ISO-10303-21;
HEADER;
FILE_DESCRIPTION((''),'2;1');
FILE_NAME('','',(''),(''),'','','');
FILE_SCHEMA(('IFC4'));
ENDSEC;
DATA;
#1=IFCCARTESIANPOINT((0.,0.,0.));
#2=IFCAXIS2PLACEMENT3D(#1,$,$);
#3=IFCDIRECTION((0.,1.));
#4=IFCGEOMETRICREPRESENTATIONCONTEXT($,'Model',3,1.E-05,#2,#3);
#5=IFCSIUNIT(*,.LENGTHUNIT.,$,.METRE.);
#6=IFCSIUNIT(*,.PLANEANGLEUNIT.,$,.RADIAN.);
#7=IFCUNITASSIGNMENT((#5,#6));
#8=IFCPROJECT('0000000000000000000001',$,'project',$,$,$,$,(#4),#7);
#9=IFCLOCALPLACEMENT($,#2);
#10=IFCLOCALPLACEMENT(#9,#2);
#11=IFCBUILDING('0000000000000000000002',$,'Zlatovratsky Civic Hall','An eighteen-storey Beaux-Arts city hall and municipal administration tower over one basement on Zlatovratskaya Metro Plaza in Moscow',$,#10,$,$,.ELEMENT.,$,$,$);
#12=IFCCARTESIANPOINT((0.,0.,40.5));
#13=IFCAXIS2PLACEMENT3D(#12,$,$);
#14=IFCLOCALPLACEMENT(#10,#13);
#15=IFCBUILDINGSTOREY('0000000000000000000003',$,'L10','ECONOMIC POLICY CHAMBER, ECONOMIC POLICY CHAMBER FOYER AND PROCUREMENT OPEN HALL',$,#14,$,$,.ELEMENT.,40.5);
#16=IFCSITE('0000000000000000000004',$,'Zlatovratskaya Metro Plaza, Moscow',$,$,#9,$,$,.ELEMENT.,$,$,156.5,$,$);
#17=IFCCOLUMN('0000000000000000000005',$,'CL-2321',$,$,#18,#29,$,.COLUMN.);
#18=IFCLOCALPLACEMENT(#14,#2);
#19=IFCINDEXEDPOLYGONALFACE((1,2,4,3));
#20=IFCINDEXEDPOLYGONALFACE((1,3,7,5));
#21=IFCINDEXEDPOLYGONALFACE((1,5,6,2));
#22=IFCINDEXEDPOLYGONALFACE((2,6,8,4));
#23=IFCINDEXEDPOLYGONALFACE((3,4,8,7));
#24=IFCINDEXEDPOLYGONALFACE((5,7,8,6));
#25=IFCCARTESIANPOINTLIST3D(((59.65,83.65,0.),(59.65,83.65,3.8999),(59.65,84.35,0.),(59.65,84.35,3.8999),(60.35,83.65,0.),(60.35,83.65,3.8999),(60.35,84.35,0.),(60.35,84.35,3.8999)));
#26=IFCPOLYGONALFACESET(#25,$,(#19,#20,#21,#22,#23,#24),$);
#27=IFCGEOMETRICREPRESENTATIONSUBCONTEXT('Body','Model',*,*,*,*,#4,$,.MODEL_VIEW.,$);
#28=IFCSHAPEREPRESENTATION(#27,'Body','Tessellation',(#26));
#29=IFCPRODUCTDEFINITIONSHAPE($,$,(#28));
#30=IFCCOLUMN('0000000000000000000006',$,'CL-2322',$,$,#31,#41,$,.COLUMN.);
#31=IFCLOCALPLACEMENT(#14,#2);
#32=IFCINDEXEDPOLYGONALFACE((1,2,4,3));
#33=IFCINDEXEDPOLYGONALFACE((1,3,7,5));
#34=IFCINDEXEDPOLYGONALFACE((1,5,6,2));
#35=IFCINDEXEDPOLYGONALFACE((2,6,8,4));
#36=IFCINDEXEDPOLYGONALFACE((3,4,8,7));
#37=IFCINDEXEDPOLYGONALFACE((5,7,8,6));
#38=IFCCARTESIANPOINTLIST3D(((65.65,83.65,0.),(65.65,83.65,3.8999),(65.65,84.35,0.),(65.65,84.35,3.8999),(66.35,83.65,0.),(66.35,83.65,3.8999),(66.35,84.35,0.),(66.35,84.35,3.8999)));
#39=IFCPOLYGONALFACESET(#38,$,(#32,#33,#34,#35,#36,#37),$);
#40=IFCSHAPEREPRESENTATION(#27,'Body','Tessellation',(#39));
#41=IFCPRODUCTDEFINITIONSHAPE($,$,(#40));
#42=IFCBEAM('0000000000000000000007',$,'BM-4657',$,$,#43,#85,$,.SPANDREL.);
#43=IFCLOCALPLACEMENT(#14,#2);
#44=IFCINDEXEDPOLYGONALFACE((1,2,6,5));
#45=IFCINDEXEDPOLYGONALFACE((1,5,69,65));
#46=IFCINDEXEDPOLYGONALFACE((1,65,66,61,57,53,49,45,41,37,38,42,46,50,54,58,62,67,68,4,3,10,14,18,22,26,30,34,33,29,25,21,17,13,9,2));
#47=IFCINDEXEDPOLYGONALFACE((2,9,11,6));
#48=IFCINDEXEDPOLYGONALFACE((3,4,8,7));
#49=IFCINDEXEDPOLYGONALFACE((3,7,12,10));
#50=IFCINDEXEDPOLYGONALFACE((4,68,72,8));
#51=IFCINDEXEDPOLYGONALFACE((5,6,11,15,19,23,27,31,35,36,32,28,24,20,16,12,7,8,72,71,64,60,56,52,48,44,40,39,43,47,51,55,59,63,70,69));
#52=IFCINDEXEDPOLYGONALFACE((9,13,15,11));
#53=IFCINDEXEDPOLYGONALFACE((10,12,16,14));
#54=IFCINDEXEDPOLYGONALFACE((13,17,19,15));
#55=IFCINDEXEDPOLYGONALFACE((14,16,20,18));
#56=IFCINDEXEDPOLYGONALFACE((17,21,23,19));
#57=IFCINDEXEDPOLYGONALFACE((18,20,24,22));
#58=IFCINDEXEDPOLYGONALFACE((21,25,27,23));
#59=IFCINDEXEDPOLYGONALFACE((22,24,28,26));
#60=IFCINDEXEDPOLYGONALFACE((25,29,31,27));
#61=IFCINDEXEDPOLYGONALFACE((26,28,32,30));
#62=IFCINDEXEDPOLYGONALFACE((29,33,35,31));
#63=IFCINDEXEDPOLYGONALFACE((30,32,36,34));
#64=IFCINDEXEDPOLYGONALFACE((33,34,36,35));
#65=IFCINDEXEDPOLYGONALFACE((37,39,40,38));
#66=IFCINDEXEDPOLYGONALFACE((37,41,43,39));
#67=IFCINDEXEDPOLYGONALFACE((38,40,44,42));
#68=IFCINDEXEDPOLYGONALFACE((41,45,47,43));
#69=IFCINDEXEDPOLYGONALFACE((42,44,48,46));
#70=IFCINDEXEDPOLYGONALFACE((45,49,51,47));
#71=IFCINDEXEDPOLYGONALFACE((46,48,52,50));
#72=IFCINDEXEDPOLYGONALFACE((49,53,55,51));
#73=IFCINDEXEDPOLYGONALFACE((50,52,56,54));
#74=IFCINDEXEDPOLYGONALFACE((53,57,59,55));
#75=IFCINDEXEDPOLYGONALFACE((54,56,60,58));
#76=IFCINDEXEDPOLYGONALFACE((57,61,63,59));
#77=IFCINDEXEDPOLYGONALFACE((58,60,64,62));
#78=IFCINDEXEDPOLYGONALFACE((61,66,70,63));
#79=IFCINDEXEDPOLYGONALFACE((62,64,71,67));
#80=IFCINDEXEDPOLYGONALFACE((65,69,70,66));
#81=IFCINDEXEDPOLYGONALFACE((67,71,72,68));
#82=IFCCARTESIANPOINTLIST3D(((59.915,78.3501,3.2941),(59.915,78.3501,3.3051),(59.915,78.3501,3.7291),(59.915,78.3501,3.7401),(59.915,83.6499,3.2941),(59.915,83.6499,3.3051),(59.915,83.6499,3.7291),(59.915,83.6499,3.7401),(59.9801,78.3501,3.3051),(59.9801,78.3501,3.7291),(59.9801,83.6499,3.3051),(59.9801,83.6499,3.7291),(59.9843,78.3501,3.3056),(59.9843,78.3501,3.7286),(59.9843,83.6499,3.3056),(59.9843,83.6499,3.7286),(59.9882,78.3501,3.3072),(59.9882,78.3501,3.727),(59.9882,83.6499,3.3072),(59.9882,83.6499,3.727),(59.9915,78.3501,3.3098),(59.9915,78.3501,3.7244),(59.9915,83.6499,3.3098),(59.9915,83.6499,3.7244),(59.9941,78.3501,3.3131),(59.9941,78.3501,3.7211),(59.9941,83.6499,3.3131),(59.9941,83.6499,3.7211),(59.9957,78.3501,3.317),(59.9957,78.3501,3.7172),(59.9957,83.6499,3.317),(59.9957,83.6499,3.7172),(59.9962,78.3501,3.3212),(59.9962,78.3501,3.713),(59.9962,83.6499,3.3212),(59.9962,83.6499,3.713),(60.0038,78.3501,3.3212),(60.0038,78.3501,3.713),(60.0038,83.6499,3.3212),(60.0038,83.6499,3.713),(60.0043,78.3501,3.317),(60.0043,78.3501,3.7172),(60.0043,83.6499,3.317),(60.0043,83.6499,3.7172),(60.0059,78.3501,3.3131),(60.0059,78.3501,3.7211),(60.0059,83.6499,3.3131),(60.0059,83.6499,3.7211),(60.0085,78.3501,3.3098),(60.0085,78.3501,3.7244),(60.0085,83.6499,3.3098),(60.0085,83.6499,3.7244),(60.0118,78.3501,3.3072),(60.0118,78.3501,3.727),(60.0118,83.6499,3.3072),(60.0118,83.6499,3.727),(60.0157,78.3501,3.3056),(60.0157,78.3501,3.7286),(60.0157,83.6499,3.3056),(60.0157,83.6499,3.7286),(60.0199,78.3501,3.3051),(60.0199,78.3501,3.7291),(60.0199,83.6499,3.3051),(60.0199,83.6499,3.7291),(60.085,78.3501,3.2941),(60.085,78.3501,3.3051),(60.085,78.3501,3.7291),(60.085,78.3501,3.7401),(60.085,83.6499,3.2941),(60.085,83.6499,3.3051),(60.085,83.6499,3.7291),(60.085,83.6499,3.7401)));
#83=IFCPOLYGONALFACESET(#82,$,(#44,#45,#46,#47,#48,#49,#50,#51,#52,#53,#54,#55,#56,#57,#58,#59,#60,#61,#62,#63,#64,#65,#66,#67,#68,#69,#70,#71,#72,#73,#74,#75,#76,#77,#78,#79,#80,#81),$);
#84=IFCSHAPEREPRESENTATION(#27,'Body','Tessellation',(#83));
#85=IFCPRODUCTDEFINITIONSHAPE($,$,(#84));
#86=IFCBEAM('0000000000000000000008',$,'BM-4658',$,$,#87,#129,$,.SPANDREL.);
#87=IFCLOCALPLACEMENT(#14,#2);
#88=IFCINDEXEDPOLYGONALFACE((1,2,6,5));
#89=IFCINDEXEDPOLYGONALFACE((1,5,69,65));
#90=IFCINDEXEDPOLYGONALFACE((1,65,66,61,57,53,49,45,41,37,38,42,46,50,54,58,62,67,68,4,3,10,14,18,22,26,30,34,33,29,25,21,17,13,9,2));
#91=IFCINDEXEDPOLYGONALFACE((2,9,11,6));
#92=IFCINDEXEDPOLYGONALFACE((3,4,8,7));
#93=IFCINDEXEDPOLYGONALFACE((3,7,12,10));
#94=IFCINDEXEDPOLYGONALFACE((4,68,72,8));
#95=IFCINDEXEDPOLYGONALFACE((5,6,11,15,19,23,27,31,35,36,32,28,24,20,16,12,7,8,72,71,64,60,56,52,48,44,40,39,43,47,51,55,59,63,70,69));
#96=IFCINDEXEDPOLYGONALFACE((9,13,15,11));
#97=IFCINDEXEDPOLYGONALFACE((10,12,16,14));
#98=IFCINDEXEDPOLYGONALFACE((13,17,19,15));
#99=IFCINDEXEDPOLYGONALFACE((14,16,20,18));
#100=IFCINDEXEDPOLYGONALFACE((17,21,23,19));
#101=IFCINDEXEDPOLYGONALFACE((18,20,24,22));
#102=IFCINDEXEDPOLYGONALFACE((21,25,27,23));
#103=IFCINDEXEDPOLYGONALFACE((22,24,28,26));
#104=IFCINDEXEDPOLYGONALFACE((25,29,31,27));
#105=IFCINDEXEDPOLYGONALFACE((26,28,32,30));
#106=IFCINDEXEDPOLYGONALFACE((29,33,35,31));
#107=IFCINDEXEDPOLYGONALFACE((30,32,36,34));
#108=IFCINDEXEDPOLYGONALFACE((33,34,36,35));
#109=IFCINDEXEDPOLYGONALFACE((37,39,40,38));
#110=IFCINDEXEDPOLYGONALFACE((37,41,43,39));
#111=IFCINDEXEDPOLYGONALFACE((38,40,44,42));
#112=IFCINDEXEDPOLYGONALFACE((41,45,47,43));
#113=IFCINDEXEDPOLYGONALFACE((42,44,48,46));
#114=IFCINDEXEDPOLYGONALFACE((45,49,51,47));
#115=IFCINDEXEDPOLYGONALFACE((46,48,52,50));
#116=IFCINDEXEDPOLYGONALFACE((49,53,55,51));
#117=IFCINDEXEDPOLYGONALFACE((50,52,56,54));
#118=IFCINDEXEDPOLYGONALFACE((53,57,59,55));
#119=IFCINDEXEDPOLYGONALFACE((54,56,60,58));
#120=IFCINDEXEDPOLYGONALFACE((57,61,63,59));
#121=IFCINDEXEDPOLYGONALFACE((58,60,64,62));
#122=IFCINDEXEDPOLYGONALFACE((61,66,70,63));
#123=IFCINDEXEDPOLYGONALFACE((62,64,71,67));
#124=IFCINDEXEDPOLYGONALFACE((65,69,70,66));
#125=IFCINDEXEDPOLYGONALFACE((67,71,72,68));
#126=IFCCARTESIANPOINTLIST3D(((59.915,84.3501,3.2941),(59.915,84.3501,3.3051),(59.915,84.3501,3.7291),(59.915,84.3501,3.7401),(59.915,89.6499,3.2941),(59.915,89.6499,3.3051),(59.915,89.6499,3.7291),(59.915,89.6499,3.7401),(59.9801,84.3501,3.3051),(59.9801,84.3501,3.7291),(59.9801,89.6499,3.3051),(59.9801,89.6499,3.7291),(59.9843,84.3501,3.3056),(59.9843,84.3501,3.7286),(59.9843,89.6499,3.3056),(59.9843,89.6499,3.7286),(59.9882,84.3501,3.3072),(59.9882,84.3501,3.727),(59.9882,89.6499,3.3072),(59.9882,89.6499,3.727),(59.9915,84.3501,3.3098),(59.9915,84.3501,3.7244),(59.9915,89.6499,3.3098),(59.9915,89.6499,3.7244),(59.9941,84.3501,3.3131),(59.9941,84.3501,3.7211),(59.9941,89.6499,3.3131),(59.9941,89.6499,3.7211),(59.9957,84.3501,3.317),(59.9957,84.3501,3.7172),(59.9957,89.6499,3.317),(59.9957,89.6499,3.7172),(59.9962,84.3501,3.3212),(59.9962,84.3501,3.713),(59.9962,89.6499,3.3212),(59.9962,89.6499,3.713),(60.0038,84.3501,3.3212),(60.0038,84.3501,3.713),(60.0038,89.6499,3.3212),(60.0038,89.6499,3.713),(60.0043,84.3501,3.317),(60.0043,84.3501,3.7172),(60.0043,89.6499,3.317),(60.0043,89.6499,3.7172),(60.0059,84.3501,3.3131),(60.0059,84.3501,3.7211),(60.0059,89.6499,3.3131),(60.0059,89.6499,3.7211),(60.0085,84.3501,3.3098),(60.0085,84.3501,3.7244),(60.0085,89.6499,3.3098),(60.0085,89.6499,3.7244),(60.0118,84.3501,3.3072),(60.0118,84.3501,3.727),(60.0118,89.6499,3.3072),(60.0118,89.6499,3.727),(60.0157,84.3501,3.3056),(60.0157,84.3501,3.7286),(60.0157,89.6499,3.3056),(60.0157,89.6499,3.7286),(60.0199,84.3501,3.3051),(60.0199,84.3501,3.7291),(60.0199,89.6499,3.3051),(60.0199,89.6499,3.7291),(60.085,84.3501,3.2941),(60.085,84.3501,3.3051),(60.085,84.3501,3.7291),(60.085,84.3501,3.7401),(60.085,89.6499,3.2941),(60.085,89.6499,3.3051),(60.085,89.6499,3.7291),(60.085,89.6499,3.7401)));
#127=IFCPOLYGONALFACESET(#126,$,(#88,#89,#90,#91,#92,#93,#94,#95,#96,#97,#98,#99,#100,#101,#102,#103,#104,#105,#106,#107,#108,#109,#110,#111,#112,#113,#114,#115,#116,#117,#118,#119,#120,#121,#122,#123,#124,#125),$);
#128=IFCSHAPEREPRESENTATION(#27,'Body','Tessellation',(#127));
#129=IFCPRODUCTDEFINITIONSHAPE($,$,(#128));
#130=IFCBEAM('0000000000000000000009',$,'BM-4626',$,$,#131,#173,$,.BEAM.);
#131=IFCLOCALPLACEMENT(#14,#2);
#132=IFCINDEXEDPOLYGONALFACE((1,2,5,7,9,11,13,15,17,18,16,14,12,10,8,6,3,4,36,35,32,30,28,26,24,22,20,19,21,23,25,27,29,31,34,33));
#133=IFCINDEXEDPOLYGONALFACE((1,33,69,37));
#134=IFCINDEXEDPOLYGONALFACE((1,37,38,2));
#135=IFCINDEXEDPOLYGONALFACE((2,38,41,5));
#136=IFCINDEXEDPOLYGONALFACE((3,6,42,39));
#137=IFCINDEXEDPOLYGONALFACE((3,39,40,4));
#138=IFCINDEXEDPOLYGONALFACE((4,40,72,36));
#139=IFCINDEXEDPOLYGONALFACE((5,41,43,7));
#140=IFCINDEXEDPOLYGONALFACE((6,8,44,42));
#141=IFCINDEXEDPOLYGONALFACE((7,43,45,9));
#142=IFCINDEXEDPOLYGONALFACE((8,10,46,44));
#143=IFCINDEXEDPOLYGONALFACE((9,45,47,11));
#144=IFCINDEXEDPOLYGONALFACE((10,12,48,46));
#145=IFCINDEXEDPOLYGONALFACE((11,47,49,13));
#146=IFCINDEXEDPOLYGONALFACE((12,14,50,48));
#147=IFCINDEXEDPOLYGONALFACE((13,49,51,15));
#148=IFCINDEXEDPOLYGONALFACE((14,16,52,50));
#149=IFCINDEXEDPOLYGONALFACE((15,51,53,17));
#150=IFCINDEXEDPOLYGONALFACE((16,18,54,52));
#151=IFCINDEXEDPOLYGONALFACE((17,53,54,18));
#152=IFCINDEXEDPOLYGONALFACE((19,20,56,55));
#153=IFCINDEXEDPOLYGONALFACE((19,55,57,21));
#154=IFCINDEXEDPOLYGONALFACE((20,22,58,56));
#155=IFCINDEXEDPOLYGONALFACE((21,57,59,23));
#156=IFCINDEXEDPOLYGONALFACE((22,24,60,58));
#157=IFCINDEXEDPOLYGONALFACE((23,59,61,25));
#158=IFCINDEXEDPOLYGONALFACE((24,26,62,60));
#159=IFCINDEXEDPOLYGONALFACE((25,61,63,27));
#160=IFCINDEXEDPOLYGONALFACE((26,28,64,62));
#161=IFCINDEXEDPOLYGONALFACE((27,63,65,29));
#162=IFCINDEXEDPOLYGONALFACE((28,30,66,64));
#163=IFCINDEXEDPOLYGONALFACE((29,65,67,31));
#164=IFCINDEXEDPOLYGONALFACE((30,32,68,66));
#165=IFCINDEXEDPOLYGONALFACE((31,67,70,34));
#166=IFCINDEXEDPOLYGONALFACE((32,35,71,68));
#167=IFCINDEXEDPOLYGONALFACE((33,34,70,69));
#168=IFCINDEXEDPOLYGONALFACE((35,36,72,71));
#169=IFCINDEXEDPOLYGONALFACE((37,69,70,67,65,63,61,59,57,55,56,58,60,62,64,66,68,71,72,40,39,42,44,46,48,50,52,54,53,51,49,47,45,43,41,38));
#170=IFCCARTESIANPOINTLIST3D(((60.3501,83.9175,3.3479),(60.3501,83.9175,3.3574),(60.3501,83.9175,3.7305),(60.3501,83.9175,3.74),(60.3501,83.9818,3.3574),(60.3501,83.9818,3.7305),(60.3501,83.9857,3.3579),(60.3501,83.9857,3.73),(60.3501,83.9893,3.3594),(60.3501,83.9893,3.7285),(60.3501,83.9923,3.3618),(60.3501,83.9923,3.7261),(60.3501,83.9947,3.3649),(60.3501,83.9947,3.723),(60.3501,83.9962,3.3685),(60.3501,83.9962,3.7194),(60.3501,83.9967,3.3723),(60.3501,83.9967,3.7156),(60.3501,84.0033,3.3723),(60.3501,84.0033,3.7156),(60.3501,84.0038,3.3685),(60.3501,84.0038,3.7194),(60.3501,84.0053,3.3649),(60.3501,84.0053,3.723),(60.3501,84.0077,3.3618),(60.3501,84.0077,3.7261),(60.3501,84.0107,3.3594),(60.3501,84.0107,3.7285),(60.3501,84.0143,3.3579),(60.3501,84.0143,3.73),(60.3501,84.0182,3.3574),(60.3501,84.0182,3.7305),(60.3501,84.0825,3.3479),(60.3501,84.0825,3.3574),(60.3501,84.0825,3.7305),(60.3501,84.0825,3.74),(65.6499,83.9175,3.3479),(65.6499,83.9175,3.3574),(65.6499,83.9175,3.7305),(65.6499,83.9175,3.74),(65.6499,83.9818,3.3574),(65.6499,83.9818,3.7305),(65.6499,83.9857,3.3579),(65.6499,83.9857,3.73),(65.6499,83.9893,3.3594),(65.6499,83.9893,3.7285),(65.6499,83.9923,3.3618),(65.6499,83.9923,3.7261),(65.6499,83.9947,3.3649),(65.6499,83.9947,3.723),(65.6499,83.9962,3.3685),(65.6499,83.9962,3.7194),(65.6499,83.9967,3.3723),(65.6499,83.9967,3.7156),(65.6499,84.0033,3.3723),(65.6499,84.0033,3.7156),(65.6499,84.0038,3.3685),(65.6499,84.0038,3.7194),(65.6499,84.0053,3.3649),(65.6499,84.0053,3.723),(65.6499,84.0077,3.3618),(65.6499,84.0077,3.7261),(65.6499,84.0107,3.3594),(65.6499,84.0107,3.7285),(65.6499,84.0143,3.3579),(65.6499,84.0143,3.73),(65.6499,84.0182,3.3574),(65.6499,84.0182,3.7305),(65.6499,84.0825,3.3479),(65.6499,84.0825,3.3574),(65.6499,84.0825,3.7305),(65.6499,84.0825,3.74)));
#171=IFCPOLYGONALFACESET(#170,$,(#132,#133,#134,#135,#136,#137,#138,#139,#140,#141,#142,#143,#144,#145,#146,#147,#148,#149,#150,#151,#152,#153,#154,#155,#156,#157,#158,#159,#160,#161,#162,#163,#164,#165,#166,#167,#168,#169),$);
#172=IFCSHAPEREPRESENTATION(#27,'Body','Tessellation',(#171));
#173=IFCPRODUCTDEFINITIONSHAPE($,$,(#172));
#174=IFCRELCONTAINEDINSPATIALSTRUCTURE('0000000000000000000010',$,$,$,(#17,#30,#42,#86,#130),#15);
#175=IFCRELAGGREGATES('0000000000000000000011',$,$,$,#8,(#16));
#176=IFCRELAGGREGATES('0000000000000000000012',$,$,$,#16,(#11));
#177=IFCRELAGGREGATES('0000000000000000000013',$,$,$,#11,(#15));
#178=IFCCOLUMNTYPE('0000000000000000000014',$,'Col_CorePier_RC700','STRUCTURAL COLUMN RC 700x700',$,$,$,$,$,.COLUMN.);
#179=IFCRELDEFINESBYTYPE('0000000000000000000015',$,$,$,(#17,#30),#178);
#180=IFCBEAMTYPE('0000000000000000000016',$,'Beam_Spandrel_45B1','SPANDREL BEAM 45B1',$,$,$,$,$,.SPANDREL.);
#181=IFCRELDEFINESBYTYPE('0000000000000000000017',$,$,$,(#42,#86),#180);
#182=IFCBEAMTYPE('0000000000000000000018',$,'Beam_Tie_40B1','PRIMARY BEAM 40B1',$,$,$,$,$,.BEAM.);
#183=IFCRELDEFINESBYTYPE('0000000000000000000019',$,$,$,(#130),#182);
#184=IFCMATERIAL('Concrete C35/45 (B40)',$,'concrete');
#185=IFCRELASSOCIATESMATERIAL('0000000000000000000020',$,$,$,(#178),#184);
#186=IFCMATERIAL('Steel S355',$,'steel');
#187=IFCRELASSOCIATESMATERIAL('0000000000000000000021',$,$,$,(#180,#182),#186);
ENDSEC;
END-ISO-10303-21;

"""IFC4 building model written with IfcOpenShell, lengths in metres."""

from ifc_helpers import new_model, si_unit, direction, frame, origin, origin_2d, place, context, subcontext, project, spatial, rectangle, i_section, extrude, material, material_profile, profile_set, type_object, element, save


model = new_model("IFC4")

# Units and contexts
model_context = context("Model", 3, precision=1e-05, world=origin(), true_north=direction((0.0, 1.0)))
body_context = subcontext(model_context, "Body", "Model", "MODEL_VIEW")
ifc_project = project(units=[si_unit("LENGTHUNIT", "METRE"), si_unit("PLANEANGLEUNIT", "RADIAN")], contexts=[model_context])

# Site, building, storey
site_placement = place(None, origin())
site = spatial("IfcSite", under=ifc_project, at=site_placement, Name="Zlatovratskaya Metro Plaza, Moscow", CompositionType="ELEMENT", RefElevation=156.5)
building_placement = place(site_placement, origin())
building = spatial("IfcBuilding", under=site, at=building_placement, Name="Zlatovratsky Civic Hall", Description="An eighteen-storey Beaux-Arts city hall and municipal administration tower over one basement on Zlatovratskaya Metro Plaza in Moscow", CompositionType="ELEMENT")
storey_placement = place(building_placement, frame((0.0, 0.0, 40.5)))
storey = spatial("IfcBuildingStorey", under=building, at=storey_placement, Name="L10", Description="ECONOMIC POLICY CHAMBER, ECONOMIC POLICY CHAMBER FOYER AND PROCUREMENT OPEN HALL", CompositionType="ELEMENT", Elevation=40.5)

# Columns
ifc_material_1 = material(Name="Concrete C35/45 (B40)", Category="concrete")
ifc_material_profile_1 = material_profile(ifc_material_1, rectangle(XDim=0.7, YDim=0.7, at=origin_2d()), Name="RC 700x700")
ifc_profile_set_1 = profile_set([ifc_material_profile_1], Name="Concrete C35/45 (B40)")
column_type = type_object("IfcColumnType", Name="Col_CorePier_RC700", Description="STRUCTURAL COLUMN RC 700x700", PredefinedType="COLUMN", material=ifc_profile_set_1)
for number, where, z_axis, x_axis, name in (
    (1, (60.0, 84.0, 0.0), (0.0, 0.0, 1.0), (1.0, 0.0, 0.0), "CL-2321"),
    (2, (66.0, 84.0, 0.0), (0.0, 0.0, 1.0), (1.0, 0.0, 0.0), "CL-2322"),
):
    element("IfcColumn", number, at=place(storey_placement, frame(where, z_axis=z_axis, x_axis=x_axis)), inside=storey, type_object=column_type, Name=name, PredefinedType="COLUMN", context=body_context, shape_type="SweptSolid", body=[
        extrude(rectangle(XDim=0.7, YDim=0.7, at=origin_2d()), origin(), (0.0, 0.0, 1.0), 3.8999),
    ])

# Beams
ifc_material_2 = material(Name="Steel S355", Category="steel")
ifc_material_profile_2 = material_profile(ifc_material_2, i_section(OverallWidth=0.1699, OverallDepth=0.446, WebThickness=0.0076, FlangeThickness=0.011, FilletRadius=0.0161, at=origin_2d()), Name="45B1")
ifc_profile_set_2 = profile_set([ifc_material_profile_2], Name="Steel S355")
beam_type_1 = type_object("IfcBeamType", Name="Beam_Spandrel_45B1", Description="SPANDREL BEAM 45B1", PredefinedType="SPANDREL", material=ifc_profile_set_2)
for number, where, z_axis, x_axis, name in (
    (3, (60.0, 78.3501, 3.5171), (0.0, 1.0, 0.0), (-1.0, 0.0, 0.0), "BM-4657"),
    (4, (60.0, 84.3501, 3.5171), (0.0, 1.0, 0.0), (-1.0, 0.0, 0.0), "BM-4658"),
):
    element("IfcBeam", number, at=place(storey_placement, frame(where, z_axis=z_axis, x_axis=x_axis)), inside=storey, type_object=beam_type_1, Name=name, PredefinedType="SPANDREL", context=body_context, shape_type="SweptSolid", body=[
        extrude(i_section(OverallWidth=0.1699, OverallDepth=0.446, WebThickness=0.0076, FlangeThickness=0.011, FilletRadius=0.0161, at=origin_2d()), origin(), (0.0, 0.0, 1.0), 5.2998),
    ])
ifc_material_profile_3 = material_profile(ifc_material_2, i_section(OverallWidth=0.165, OverallDepth=0.3921, WebThickness=0.0066, FlangeThickness=0.0095, FilletRadius=0.0149, at=origin_2d()), Name="40B1")
ifc_profile_set_3 = profile_set([ifc_material_profile_3], Name="Steel S355")
beam_type_2 = type_object("IfcBeamType", Name="Beam_Tie_40B1", Description="PRIMARY BEAM 40B1", PredefinedType="BEAM", material=ifc_profile_set_3)
for number, where, z_axis, x_axis, name in (
    (5, (60.3501, 84.0, 3.5439), (1.0, 0.0, 0.0), (0.0, 1.0, 0.0), "BM-4626"),
):
    element("IfcBeam", number, at=place(storey_placement, frame(where, z_axis=z_axis, x_axis=x_axis)), inside=storey, type_object=beam_type_2, Name=name, PredefinedType="BEAM", context=body_context, shape_type="SweptSolid", body=[
        extrude(i_section(OverallWidth=0.165, OverallDepth=0.3921, WebThickness=0.0066, FlangeThickness=0.0095, FilletRadius=0.0149, at=origin_2d()), origin(), (0.0, 0.0, 1.0), 5.2998),
    ])

save(model, "model.ifc")
